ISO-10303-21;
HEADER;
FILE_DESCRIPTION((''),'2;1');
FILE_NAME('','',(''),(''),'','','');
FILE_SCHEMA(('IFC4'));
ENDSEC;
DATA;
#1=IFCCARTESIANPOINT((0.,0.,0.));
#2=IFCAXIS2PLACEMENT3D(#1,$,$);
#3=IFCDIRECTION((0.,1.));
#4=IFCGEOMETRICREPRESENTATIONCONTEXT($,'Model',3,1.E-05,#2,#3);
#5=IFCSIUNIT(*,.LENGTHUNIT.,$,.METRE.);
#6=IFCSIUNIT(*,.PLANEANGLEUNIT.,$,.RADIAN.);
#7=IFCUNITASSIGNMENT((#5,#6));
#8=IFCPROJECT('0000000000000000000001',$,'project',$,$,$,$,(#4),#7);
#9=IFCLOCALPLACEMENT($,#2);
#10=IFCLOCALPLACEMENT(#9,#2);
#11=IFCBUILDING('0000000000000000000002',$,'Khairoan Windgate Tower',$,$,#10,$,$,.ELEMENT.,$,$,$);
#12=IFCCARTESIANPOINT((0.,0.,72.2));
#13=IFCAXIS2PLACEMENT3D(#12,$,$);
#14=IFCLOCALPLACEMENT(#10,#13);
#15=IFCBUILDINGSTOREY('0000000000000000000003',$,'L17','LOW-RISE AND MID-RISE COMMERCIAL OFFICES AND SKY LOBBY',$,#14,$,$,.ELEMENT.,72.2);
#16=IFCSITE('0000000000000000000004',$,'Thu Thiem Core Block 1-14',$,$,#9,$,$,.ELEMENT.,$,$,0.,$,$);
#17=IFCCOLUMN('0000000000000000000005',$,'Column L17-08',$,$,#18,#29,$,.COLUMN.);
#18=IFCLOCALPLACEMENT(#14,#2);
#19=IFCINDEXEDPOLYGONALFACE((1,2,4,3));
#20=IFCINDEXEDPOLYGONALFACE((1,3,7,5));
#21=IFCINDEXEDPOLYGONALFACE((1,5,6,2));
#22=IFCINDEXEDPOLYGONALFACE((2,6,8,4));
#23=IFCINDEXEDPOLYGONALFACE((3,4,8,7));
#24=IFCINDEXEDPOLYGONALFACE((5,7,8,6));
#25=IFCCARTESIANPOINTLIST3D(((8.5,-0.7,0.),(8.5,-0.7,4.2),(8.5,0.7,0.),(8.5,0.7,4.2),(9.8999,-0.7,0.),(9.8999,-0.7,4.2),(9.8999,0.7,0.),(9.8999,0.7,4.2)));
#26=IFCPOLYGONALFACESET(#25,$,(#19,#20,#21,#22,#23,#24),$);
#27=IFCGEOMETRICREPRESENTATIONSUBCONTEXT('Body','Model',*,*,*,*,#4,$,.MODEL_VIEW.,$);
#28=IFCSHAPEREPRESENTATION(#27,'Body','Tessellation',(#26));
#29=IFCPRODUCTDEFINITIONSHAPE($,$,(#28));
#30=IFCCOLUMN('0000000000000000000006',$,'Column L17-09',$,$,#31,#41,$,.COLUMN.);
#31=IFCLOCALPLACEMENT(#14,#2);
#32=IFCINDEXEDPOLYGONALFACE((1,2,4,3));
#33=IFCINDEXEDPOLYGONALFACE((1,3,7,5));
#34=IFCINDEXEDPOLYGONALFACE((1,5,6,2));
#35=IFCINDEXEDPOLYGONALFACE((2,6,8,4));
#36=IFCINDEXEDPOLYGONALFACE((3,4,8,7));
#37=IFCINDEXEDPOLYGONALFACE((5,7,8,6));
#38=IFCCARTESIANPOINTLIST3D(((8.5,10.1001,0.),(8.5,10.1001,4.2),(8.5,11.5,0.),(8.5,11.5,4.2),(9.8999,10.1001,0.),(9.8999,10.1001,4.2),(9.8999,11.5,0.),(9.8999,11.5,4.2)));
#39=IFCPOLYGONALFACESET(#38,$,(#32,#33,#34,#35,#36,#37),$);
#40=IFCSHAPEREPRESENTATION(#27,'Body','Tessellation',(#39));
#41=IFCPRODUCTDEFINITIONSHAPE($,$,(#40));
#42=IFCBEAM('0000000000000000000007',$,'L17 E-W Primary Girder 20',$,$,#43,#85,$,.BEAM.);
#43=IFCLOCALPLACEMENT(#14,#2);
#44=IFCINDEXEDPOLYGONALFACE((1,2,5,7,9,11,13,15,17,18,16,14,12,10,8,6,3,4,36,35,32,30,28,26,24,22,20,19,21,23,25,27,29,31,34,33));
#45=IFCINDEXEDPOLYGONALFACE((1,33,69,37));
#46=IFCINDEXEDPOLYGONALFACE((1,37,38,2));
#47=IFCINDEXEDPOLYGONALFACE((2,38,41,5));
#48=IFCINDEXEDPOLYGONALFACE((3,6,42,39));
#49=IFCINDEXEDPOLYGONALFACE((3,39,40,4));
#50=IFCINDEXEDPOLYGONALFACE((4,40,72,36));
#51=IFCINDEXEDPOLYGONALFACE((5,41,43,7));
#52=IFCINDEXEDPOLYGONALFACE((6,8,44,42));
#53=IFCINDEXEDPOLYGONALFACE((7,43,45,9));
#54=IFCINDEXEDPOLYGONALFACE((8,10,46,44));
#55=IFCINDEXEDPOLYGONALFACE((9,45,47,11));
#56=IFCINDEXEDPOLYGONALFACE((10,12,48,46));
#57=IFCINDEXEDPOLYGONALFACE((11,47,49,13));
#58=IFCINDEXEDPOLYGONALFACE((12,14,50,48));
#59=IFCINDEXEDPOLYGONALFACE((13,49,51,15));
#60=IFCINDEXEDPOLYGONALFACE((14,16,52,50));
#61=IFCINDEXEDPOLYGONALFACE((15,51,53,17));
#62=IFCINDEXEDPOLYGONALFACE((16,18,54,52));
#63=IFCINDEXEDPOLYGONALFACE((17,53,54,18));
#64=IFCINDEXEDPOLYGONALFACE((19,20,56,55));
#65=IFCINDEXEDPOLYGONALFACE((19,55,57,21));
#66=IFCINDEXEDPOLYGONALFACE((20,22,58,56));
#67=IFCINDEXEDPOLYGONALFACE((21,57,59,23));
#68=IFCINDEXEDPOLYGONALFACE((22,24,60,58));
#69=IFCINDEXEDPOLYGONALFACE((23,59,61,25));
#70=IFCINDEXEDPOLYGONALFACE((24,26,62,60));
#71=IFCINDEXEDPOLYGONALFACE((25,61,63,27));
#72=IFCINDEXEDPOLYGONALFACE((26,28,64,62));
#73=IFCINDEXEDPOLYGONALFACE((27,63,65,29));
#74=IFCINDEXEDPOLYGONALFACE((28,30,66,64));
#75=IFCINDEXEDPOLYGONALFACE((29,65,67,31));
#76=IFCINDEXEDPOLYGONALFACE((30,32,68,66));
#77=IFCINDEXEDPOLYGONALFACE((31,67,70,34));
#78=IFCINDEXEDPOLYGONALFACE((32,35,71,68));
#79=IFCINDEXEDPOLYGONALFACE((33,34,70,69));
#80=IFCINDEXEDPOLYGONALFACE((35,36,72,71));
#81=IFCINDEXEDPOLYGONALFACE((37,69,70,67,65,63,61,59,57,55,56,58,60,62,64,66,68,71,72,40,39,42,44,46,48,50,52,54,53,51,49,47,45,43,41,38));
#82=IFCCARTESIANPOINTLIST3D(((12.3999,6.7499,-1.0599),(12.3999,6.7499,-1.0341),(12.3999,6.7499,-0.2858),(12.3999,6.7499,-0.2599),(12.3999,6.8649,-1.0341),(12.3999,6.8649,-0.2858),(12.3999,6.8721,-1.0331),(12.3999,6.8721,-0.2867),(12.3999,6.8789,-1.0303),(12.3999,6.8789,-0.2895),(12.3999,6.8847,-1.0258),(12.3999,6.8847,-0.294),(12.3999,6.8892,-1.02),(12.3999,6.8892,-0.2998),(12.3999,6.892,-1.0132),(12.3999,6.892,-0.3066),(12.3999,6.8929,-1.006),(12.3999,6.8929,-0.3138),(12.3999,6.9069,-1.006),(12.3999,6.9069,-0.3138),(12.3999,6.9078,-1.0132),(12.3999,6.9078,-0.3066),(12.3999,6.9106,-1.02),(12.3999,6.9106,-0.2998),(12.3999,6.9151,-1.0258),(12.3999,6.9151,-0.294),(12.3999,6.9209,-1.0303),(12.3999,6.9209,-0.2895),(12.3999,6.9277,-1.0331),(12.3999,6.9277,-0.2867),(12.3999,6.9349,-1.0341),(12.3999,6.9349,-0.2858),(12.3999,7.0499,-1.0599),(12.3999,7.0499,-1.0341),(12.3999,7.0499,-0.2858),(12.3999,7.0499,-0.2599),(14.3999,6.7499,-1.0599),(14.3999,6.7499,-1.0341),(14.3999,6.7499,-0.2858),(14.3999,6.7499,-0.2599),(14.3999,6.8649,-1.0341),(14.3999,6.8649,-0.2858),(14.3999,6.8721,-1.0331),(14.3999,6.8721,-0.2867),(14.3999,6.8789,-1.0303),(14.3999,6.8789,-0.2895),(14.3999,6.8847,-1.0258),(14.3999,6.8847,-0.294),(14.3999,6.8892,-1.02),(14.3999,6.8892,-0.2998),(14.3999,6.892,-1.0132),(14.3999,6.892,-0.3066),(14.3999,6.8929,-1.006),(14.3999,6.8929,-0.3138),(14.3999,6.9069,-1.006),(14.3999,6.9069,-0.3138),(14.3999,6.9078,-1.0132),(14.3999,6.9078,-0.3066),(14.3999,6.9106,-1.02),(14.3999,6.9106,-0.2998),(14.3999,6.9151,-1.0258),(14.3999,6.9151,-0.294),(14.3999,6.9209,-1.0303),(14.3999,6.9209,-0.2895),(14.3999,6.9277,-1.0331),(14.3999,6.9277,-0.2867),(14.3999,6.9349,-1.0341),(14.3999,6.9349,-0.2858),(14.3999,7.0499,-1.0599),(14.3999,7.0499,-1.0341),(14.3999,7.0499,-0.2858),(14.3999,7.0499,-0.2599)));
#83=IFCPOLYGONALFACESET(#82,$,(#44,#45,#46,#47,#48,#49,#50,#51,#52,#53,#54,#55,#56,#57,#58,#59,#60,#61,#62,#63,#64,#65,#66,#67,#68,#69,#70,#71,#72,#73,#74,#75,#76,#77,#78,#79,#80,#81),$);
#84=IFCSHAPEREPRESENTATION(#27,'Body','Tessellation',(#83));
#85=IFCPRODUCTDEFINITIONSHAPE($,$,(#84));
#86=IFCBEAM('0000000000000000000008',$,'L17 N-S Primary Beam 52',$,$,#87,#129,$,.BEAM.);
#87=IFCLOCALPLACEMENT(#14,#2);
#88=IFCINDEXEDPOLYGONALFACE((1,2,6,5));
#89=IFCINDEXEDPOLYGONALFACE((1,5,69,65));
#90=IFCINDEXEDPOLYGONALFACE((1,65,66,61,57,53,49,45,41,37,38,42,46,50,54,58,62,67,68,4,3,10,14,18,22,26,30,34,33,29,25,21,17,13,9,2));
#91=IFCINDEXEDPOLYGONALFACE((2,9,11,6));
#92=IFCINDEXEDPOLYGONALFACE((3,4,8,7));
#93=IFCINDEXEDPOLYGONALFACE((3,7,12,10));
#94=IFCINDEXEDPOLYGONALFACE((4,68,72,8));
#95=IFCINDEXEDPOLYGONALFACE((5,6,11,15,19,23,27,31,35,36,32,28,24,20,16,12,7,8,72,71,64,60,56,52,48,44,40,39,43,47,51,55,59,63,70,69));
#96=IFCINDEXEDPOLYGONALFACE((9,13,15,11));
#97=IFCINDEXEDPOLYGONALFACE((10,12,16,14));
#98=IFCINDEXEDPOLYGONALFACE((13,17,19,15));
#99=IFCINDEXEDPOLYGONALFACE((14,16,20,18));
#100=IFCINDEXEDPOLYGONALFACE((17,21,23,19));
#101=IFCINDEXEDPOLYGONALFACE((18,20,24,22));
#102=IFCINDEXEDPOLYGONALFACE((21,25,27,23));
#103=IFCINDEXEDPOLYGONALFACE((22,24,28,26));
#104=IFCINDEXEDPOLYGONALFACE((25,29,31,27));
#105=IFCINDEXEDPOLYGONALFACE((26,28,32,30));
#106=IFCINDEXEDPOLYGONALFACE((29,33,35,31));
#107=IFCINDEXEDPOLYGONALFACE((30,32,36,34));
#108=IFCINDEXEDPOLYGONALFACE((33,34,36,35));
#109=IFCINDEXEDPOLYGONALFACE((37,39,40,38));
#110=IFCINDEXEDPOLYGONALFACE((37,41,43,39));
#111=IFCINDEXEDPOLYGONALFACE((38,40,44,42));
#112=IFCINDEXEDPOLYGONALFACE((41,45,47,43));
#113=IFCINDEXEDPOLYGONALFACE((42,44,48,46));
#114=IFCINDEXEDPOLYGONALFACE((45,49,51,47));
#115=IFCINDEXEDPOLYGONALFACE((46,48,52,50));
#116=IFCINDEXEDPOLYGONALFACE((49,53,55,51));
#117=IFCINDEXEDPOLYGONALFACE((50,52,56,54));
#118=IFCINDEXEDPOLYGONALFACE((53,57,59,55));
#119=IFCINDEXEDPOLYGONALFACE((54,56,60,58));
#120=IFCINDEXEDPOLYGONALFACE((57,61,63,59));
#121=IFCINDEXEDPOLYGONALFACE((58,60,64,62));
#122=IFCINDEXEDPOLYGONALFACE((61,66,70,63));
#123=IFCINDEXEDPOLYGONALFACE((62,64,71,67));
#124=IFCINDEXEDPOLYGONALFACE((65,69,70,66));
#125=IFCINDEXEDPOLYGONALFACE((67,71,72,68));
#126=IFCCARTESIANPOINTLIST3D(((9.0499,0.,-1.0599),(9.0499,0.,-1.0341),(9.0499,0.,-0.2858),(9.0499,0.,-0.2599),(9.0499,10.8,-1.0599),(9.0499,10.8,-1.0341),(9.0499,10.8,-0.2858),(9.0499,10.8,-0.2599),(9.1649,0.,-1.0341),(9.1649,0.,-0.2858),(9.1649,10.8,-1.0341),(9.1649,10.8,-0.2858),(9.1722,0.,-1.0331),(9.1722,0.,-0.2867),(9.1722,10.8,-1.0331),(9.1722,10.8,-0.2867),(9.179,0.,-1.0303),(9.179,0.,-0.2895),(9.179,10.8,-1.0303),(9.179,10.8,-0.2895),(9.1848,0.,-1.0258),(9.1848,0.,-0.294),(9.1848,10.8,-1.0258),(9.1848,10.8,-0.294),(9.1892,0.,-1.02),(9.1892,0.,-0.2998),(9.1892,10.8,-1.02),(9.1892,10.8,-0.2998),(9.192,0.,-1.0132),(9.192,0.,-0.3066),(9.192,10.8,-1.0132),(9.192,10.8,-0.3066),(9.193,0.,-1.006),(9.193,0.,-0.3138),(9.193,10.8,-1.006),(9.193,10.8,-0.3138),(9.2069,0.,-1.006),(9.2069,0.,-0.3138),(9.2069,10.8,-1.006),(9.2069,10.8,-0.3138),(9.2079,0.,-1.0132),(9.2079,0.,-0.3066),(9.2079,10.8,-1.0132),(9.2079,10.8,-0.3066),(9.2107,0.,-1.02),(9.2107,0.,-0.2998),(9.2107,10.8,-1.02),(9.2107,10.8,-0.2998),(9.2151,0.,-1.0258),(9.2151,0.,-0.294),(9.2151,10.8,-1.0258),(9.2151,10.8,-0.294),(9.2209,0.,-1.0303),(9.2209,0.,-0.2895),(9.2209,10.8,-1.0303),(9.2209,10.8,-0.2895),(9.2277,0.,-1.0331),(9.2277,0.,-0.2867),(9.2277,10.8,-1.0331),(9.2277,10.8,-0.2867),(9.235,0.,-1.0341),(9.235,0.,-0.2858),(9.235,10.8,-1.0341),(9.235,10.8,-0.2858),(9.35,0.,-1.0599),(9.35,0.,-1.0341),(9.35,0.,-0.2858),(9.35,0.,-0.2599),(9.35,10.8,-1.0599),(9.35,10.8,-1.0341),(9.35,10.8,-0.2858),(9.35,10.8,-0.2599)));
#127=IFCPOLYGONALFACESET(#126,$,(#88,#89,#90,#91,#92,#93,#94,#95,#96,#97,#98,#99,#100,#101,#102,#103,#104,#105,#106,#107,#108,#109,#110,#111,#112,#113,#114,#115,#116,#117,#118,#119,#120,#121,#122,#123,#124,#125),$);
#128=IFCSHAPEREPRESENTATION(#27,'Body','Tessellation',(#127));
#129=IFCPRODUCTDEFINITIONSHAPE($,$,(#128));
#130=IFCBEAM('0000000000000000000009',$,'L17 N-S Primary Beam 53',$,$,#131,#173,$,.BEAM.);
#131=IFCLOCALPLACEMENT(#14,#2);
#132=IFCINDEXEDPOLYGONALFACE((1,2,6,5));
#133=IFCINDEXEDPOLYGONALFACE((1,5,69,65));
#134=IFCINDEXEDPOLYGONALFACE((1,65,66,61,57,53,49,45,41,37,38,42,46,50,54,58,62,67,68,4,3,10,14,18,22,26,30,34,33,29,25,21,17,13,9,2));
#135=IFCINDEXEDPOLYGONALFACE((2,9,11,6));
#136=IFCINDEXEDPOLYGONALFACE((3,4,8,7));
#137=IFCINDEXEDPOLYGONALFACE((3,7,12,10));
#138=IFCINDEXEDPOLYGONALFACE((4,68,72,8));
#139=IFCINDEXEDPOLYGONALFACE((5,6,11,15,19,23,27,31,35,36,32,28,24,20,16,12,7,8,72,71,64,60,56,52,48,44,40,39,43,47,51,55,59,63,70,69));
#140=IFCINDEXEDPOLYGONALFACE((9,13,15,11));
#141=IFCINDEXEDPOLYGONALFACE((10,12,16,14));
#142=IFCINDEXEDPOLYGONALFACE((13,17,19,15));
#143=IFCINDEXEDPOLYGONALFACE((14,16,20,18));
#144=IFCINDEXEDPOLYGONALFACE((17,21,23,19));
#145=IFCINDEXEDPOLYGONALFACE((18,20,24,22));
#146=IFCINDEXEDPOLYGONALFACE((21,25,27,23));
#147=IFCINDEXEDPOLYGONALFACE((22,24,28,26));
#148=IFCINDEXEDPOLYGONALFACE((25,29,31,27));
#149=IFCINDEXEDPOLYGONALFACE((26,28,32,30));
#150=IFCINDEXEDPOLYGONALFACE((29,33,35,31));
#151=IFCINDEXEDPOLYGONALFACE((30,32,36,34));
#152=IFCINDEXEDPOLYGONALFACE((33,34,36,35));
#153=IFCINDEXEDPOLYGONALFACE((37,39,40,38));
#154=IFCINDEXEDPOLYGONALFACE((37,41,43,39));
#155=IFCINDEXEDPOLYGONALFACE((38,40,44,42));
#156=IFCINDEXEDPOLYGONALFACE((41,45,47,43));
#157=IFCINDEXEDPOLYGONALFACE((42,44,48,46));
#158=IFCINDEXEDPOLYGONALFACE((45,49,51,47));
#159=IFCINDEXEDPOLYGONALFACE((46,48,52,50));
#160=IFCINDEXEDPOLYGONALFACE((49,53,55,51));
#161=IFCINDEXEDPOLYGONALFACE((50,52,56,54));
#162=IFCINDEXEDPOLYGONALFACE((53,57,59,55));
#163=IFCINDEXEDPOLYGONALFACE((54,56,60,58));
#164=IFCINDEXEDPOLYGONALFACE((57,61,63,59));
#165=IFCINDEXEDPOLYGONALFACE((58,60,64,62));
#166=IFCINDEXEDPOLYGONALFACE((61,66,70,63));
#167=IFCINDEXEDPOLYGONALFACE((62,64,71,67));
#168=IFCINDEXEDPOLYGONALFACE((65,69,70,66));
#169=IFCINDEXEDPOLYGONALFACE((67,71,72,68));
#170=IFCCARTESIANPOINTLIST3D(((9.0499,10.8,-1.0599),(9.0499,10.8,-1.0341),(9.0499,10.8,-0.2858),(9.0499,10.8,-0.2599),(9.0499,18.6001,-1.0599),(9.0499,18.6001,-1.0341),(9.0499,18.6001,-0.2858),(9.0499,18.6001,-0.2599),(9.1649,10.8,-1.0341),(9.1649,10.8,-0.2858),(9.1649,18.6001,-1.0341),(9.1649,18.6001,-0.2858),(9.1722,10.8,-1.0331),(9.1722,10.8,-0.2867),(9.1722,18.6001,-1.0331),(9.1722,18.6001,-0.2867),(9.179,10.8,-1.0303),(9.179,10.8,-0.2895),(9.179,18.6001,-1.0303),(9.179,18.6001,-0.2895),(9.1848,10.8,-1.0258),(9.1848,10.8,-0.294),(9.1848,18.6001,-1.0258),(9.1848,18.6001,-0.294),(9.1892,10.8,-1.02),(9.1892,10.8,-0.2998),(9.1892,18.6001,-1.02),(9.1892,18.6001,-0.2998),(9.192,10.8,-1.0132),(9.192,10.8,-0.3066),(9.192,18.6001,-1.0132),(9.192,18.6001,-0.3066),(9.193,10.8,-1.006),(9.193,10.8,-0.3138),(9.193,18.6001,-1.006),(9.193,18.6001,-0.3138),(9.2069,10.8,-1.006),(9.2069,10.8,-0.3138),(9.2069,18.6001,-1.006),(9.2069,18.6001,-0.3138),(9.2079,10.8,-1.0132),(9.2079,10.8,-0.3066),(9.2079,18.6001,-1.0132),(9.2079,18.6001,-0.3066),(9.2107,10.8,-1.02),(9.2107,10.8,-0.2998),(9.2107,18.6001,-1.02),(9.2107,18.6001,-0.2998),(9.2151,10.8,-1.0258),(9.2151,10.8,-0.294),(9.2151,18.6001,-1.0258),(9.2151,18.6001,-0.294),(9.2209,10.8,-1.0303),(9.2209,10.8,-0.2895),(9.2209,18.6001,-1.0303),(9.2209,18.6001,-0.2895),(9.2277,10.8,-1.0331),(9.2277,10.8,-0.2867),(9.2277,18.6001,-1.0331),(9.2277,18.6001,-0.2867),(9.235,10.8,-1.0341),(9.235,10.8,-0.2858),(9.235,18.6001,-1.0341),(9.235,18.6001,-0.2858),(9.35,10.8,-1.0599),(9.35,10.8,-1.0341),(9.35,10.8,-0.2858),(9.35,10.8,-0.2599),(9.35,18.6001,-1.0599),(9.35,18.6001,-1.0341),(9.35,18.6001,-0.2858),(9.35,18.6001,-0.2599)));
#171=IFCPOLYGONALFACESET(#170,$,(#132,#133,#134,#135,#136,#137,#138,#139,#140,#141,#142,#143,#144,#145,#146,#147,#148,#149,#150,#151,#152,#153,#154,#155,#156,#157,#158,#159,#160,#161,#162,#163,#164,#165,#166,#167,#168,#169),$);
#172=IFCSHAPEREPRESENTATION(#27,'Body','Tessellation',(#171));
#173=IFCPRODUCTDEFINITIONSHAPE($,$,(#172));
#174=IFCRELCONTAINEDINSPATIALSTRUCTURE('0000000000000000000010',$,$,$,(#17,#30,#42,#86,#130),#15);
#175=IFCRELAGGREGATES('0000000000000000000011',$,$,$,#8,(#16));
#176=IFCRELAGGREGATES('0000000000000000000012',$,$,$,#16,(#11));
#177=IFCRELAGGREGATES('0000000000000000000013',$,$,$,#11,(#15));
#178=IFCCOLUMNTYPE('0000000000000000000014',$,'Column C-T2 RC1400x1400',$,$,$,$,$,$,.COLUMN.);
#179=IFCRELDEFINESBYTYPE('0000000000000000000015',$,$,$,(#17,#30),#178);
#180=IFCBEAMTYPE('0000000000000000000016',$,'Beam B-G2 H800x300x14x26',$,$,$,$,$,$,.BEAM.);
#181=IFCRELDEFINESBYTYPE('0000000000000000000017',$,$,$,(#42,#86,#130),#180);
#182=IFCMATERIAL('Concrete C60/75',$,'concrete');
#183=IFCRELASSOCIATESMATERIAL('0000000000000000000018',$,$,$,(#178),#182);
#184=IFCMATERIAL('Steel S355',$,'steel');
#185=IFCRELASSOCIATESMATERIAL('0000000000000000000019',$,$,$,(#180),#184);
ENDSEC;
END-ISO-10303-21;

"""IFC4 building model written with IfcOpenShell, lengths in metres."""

from ifc_helpers import new_model, si_unit, direction, frame, origin, origin_2d, place, context, subcontext, project, spatial, rectangle, i_section, extrude, material, material_profile, profile_set, type_object, element, save


model = new_model("IFC4")

# Units and contexts
model_context = context("Model", 3, precision=1e-05, world=origin(), true_north=direction((0.0, 1.0)))
body_context = subcontext(model_context, "Body", "Model", "MODEL_VIEW")
ifc_project = project(units=[si_unit("LENGTHUNIT", "METRE"), si_unit("PLANEANGLEUNIT", "RADIAN")], contexts=[model_context])

# Site, building, storey
site_placement = place(None, origin())
site = spatial("IfcSite", under=ifc_project, at=site_placement, Name="Thu Thiem Core Block 1-14", CompositionType="ELEMENT", RefElevation=0.0)
building_placement = place(site_placement, origin())
building = spatial("IfcBuilding", under=site, at=building_placement, Name="Khairoan Windgate Tower", CompositionType="ELEMENT")
storey_placement = place(building_placement, frame((0.0, 0.0, 72.2)))
storey = spatial("IfcBuildingStorey", under=building, at=storey_placement, Name="L17", Description="LOW-RISE AND MID-RISE COMMERCIAL OFFICES AND SKY LOBBY", CompositionType="ELEMENT", Elevation=72.2)

# Columns
ifc_material_1 = material(Name="Concrete C60/75", Category="concrete")
ifc_material_profile_1 = material_profile(ifc_material_1, rectangle(XDim=1.3999, YDim=1.3999, at=origin_2d()))
ifc_profile_set_1 = profile_set([ifc_material_profile_1], Name="Concrete C60/75")
column_type = type_object("IfcColumnType", Name="Column C-T2 RC1400x1400", PredefinedType="COLUMN", material=ifc_profile_set_1)
for number, where, z_axis, x_axis, name in (
    (1, (9.2, 0.0, 0.0), (0.0, 0.0, 1.0), (1.0, 0.0, 0.0), "Column L17-08"),
    (2, (9.2, 10.8, 0.0), (0.0, 0.0, 1.0), (1.0, 0.0, 0.0), "Column L17-09"),
):
    element("IfcColumn", number, at=place(storey_placement, frame(where, z_axis=z_axis, x_axis=x_axis)), inside=storey, type_object=column_type, Name=name, PredefinedType="COLUMN", context=body_context, shape_type="SweptSolid", body=[
        extrude(rectangle(XDim=1.3999, YDim=1.3999, at=origin_2d()), origin(), (0.0, 0.0, 1.0), 4.2),
    ])

# Beams
ifc_material_2 = material(Name="Steel S355", Category="steel")
ifc_material_profile_2 = material_profile(ifc_material_2, i_section(OverallWidth=0.3, OverallDepth=0.8, WebThickness=0.0139, FlangeThickness=0.0259, FilletRadius=0.0281, at=origin_2d()))
ifc_profile_set_2 = profile_set([ifc_material_profile_2], Name="Steel S355")
beam_type_1 = type_object("IfcBeamType", Name="Beam B-G2 H800x300x14x26", PredefinedType="BEAM", material=ifc_profile_set_2)
beam_1_placement = place(storey_placement, frame((12.3999, 6.8999, -0.6599), z_axis=(1.0, 0.0, 0.0), x_axis=(0.0, 1.0, 0.0)))
element("IfcBeam", 3, at=beam_1_placement, inside=storey, type_object=beam_type_1, Name="L17 E-W Primary Girder 20", PredefinedType="BEAM", context=body_context, shape_type="SweptSolid", body=[
    extrude(i_section(OverallWidth=0.3, OverallDepth=0.8, WebThickness=0.0139, FlangeThickness=0.0259, FilletRadius=0.0281, at=origin_2d()), origin(), (0.0, 0.0, 1.0), 2.0),
])
beam_2_placement = place(storey_placement, frame((9.2, 0.0, -0.6599), z_axis=(0.0, 1.0, 0.0), x_axis=(-1.0, 0.0, 0.0)))
element("IfcBeam", 4, at=beam_2_placement, inside=storey, type_object=beam_type_1, Name="L17 N-S Primary Beam 52", PredefinedType="BEAM", context=body_context, shape_type="SweptSolid", body=[
    extrude(i_section(OverallWidth=0.3, OverallDepth=0.8, WebThickness=0.0139, FlangeThickness=0.0259, FilletRadius=0.0281, at=origin_2d()), origin(), (0.0, 0.0, 1.0), 10.8),
])
beam_3_placement = place(storey_placement, frame((9.2, 10.8, -0.6599), z_axis=(0.0, 1.0, 0.0), x_axis=(-1.0, 0.0, 0.0)))
element("IfcBeam", 5, at=beam_3_placement, inside=storey, type_object=beam_type_1, Name="L17 N-S Primary Beam 53", PredefinedType="BEAM", context=body_context, shape_type="SweptSolid", body=[
    extrude(i_section(OverallWidth=0.3, OverallDepth=0.8, WebThickness=0.0139, FlangeThickness=0.0259, FilletRadius=0.0281, at=origin_2d()), origin(), (0.0, 0.0, 1.0), 7.8),
])

save(model, "model.ifc")
